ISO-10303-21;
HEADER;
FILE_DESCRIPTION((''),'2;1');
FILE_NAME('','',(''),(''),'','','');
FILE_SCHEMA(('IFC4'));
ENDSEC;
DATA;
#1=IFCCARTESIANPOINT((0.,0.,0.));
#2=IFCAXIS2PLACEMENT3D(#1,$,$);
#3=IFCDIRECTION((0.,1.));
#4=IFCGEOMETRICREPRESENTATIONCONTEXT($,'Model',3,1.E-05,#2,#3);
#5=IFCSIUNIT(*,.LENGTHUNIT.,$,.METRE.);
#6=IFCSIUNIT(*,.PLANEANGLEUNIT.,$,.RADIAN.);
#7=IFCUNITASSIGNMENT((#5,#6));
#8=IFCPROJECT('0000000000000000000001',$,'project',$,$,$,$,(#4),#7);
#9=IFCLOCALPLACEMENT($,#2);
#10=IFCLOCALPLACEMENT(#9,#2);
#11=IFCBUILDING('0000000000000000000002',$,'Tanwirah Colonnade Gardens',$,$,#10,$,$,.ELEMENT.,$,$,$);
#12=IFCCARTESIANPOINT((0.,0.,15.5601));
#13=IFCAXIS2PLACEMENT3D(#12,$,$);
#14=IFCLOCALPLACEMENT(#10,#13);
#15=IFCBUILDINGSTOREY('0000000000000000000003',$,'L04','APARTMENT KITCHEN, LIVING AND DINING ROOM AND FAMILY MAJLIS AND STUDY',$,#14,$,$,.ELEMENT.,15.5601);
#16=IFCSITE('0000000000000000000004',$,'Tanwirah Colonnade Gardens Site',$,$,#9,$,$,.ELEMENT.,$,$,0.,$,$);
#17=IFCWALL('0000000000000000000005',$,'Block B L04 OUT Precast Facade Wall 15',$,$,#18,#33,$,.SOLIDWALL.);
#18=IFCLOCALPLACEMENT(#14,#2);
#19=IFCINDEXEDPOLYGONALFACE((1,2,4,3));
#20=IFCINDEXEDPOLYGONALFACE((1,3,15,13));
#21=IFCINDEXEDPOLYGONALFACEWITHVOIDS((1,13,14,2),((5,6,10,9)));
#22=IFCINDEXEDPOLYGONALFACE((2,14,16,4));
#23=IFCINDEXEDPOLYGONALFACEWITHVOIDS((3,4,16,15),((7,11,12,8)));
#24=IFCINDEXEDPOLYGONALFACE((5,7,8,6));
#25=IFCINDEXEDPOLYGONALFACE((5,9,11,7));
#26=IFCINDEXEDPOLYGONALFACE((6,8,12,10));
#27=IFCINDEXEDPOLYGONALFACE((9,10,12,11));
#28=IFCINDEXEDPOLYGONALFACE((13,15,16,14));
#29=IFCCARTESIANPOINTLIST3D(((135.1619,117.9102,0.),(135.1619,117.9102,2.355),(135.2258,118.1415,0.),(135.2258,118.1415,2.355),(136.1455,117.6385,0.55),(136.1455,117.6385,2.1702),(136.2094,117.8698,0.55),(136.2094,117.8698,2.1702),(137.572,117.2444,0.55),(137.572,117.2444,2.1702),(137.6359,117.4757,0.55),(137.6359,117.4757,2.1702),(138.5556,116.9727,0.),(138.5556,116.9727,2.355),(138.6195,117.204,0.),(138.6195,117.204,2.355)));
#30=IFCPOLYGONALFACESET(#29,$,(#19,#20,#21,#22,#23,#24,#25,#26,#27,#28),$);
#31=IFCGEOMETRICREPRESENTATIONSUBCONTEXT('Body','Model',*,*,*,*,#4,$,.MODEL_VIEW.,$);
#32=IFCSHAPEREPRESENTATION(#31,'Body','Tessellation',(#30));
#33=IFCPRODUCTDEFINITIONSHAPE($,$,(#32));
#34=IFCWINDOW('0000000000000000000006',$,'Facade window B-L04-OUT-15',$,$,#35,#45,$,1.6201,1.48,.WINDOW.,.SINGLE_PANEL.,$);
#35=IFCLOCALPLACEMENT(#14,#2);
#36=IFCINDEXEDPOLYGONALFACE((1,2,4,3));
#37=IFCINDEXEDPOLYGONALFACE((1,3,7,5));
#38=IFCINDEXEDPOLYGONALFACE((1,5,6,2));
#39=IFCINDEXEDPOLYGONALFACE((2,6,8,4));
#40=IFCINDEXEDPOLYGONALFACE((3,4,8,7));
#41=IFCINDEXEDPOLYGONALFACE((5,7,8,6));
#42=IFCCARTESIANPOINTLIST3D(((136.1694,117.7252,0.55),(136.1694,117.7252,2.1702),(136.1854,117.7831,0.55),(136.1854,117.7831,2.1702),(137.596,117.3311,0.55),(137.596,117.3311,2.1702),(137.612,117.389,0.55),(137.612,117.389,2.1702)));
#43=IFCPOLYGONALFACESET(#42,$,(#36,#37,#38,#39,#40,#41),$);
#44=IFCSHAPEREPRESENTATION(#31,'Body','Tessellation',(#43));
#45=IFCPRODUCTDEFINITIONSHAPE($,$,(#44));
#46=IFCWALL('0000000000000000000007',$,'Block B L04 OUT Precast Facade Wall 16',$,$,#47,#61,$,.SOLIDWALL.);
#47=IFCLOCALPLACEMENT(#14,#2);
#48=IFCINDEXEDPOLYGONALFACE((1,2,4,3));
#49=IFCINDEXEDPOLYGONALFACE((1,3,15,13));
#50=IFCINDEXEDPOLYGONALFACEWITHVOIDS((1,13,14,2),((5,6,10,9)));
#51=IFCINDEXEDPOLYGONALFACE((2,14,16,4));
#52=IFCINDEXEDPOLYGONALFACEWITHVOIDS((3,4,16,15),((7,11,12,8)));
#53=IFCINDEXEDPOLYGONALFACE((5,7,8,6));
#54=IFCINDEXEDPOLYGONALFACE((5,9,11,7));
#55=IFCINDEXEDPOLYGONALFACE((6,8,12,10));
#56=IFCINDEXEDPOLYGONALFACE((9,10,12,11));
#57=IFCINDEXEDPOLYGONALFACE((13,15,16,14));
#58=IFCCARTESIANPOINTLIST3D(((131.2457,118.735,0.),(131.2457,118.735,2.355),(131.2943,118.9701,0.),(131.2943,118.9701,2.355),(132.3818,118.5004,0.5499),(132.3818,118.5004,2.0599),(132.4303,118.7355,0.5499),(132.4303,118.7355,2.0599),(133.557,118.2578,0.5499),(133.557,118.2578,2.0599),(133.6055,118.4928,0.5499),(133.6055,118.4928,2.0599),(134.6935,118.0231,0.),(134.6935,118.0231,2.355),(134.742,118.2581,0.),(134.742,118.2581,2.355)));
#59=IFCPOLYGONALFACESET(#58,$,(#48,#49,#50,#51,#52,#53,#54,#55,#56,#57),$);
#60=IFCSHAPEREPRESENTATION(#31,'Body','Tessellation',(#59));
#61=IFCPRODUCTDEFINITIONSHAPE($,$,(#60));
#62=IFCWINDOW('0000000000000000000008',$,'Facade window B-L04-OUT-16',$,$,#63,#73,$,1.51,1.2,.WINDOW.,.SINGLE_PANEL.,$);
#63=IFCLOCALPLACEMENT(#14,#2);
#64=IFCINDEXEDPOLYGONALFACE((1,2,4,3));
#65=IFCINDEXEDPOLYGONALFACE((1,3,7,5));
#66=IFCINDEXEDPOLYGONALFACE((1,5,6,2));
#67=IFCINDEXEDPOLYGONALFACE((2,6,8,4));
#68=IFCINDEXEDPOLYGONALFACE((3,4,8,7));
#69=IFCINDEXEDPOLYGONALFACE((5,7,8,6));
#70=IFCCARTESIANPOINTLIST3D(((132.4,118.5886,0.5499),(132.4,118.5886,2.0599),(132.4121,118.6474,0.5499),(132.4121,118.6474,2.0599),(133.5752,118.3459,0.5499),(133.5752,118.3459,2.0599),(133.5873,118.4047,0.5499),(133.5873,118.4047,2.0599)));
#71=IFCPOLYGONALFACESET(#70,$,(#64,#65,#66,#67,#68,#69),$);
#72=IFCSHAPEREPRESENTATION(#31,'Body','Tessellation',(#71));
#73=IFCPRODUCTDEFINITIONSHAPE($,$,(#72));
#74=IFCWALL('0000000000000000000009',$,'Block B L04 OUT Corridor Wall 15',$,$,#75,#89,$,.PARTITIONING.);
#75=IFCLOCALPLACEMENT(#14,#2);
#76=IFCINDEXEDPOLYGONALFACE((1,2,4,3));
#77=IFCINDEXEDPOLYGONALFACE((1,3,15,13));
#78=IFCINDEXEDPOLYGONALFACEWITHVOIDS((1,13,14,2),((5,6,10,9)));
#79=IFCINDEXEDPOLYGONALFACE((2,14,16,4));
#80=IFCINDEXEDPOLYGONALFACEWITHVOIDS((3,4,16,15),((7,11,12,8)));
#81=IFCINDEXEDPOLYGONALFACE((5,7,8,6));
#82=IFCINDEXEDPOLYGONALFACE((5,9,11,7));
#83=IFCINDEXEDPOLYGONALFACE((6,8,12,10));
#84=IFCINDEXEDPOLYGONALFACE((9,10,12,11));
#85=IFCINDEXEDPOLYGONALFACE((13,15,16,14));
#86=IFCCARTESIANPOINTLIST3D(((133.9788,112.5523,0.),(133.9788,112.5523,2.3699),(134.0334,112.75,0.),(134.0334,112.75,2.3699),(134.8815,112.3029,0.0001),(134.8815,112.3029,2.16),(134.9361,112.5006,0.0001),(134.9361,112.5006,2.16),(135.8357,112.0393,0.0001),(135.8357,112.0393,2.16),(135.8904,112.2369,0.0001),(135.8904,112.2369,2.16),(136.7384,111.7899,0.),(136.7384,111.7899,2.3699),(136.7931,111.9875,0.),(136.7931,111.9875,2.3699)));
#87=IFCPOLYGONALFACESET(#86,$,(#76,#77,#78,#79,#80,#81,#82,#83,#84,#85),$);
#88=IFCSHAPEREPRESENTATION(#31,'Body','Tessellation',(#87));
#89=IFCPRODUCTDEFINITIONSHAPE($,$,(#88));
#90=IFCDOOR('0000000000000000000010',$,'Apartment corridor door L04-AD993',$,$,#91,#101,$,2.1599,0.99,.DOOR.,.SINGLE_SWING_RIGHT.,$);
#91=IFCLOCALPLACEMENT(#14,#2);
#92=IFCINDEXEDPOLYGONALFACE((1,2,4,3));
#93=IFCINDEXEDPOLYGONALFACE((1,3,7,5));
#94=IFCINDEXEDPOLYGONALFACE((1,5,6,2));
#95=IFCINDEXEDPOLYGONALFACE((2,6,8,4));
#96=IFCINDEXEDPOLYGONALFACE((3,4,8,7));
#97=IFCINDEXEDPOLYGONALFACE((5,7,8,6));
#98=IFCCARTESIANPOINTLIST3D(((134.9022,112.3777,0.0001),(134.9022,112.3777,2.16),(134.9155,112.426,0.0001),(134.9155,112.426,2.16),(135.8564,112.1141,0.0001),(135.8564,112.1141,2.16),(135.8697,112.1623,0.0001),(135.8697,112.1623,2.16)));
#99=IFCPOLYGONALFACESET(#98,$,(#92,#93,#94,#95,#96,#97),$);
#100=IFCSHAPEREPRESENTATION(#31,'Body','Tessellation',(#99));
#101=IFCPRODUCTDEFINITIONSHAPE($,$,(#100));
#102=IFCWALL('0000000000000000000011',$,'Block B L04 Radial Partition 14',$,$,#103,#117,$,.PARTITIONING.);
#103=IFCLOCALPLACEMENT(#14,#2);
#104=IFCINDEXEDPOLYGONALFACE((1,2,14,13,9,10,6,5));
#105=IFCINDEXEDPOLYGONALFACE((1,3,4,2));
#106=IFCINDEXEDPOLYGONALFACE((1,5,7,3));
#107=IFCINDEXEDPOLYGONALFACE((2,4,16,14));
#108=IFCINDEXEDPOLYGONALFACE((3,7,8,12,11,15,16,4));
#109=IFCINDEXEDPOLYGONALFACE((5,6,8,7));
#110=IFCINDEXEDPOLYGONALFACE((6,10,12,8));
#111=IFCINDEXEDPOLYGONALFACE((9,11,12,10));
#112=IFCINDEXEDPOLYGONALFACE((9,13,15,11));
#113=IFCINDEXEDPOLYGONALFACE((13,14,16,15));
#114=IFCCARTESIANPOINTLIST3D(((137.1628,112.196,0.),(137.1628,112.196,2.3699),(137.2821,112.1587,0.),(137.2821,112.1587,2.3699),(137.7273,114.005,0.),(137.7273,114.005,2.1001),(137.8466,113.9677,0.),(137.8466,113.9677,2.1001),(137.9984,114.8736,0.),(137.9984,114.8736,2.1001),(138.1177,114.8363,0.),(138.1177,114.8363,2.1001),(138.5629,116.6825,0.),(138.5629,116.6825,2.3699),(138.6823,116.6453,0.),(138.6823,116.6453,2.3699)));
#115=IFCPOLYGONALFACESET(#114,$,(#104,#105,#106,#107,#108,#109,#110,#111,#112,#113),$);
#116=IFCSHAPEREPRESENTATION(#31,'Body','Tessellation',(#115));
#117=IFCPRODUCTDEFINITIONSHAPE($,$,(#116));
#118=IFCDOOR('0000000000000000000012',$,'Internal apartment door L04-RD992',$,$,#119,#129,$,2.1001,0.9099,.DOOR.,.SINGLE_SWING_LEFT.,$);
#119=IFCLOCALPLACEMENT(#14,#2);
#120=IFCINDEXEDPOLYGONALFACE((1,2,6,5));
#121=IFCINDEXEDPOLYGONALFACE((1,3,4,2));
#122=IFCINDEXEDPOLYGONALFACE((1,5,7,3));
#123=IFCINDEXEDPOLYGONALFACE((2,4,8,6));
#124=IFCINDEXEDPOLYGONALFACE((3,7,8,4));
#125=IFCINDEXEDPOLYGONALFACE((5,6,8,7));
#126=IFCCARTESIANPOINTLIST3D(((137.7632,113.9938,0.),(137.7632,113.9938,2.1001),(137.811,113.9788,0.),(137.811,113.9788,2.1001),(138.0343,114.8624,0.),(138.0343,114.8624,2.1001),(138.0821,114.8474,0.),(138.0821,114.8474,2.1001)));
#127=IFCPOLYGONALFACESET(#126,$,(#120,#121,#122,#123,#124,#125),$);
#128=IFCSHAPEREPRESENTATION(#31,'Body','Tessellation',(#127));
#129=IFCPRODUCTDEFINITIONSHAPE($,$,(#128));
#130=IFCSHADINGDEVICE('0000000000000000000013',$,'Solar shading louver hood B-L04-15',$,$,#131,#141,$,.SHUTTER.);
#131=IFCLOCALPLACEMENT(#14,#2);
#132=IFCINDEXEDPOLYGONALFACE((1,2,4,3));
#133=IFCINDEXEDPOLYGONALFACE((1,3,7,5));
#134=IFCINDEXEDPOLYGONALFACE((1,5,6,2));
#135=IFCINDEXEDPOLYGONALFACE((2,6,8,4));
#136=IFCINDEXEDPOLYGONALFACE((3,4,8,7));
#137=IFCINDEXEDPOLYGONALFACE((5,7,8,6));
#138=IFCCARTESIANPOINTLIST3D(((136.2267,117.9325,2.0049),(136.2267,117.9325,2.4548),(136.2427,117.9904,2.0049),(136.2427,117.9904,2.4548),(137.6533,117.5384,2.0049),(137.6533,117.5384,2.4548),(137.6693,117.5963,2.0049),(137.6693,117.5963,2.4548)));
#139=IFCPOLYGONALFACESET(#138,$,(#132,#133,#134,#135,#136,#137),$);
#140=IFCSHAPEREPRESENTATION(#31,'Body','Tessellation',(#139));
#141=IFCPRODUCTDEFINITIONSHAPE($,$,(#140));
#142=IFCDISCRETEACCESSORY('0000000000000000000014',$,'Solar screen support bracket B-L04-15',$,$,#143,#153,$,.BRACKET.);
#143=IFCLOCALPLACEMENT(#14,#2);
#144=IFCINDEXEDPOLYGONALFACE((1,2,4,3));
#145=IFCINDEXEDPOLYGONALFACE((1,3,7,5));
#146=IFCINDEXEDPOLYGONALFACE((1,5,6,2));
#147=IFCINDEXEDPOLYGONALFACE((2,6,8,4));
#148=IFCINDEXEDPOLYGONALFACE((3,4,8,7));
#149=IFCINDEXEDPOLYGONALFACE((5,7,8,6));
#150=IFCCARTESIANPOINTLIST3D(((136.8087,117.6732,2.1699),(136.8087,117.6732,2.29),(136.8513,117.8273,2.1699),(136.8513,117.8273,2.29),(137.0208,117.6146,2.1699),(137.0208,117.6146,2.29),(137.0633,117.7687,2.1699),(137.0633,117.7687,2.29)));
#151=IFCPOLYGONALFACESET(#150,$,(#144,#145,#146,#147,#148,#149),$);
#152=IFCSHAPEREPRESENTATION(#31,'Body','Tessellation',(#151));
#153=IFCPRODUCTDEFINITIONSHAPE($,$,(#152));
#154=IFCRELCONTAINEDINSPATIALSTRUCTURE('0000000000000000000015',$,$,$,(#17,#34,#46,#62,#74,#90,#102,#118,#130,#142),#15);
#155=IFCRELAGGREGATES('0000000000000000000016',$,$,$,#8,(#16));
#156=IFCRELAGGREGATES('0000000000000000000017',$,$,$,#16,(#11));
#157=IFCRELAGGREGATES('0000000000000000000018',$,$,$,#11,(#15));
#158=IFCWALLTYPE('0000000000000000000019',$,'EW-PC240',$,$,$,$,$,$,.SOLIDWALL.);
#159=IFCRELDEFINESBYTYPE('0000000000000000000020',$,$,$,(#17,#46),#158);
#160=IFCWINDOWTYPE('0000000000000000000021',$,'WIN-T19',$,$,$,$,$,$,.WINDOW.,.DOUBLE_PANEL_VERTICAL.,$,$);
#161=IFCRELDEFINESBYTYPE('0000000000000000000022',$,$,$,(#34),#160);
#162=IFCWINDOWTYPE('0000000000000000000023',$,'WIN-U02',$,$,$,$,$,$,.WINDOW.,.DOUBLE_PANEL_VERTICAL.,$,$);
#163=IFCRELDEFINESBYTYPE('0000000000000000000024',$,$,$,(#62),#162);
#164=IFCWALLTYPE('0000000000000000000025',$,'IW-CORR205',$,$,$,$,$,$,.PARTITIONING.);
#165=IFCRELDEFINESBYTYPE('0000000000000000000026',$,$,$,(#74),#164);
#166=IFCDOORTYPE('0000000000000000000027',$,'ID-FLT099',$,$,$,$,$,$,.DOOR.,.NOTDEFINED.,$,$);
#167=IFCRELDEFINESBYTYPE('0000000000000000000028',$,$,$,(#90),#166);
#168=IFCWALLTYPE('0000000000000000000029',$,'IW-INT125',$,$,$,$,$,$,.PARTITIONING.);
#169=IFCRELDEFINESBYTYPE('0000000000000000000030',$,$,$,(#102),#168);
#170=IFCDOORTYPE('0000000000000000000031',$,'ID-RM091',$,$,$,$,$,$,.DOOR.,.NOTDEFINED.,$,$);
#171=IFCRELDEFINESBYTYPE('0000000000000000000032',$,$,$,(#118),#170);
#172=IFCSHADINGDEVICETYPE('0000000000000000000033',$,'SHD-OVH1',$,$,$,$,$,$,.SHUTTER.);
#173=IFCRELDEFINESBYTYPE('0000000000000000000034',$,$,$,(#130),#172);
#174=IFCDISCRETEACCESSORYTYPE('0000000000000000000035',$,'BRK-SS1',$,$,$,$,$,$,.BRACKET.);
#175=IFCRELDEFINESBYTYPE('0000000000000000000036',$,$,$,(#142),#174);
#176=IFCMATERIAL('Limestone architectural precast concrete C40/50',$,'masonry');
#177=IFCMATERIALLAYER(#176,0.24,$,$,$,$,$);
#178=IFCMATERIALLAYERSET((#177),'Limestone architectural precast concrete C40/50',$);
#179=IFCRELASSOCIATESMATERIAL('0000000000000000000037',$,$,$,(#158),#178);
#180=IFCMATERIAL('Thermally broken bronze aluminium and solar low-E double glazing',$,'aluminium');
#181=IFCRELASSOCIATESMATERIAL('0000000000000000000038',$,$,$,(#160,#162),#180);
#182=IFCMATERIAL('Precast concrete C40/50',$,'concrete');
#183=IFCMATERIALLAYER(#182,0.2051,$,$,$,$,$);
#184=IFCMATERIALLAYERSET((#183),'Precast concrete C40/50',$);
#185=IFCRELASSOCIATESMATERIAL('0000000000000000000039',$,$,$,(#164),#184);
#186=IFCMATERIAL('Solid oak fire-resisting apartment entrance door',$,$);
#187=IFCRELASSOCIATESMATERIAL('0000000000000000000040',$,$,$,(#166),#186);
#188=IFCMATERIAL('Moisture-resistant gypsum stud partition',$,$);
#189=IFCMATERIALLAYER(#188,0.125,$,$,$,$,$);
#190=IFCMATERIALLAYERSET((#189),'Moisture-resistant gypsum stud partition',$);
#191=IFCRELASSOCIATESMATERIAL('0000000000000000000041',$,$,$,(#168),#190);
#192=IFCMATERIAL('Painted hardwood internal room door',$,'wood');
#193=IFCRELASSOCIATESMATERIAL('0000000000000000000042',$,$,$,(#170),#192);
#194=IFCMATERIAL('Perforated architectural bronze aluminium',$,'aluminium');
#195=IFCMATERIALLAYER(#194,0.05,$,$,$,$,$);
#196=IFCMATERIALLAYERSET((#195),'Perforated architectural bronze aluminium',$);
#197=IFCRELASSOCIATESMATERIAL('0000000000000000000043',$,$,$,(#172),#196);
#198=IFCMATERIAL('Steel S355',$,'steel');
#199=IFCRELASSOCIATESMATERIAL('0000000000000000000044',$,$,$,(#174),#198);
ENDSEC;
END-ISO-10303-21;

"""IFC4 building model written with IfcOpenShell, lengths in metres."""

from ifc_helpers import new_model, si_unit, direction, frame, frame_2d, origin, origin_2d, place, context, subcontext, project, spatial, rectangle, extrude, material, layer, layer_set, type_object, element, fill, save


model = new_model("IFC4")

# Units and contexts
model_context = context("Model", 3, precision=1e-05, world=origin(), true_north=direction((0.0, 1.0)))
body_context = subcontext(model_context, "Body", "Model", "MODEL_VIEW")
ifc_project = project(units=[si_unit("LENGTHUNIT", "METRE"), si_unit("PLANEANGLEUNIT", "RADIAN")], contexts=[model_context])

# Site, building, storey
site_placement = place(None, origin())
site = spatial("IfcSite", under=ifc_project, at=site_placement, Name="Tanwirah Colonnade Gardens Site", CompositionType="ELEMENT", RefElevation=0.0)
building_placement = place(site_placement, origin())
building = spatial("IfcBuilding", under=site, at=building_placement, Name="Tanwirah Colonnade Gardens", CompositionType="ELEMENT")
storey_placement = place(building_placement, frame((0.0, 0.0, 15.5601)))
storey = spatial("IfcBuildingStorey", under=building, at=storey_placement, Name="L04", Description="APARTMENT KITCHEN, LIVING AND DINING ROOM AND FAMILY MAJLIS AND STUDY", CompositionType="ELEMENT", Elevation=15.5601)

# Shared definitions
ifc_material_1 = material(Name="Precast concrete C40/50", Category="concrete")

# Walls, openings, windows
ifc_material_2 = material(Name="Limestone architectural precast concrete C40/50", Category="masonry")
ifc_layer_1 = layer(ifc_material_2, 0.24)
ifc_layer_set_1 = layer_set([ifc_layer_1], Name="Limestone architectural precast concrete C40/50")
wall_type_1 = type_object("IfcWallType", Name="EW-PC240", PredefinedType="SOLIDWALL", material=ifc_layer_set_1)
wall_1_placement = place(storey_placement, frame((138.5874, 117.0884, 0.0), z_axis=(0.0, 0.0, 1.0), x_axis=(-0.963894, 0.266285, 0.0)))
wall_1 = element("IfcWall", 1, at=wall_1_placement, inside=storey, type_object=wall_type_1, Name="Block B L04 OUT Precast Facade Wall 15", PredefinedType="SOLIDWALL", context=body_context, shape_type="SweptSolid", body=[
    extrude(rectangle(XDim=3.5208, YDim=0.24, at=frame_2d((1.7603, 0.0))), origin(), (0.0, 0.0, 1.0), 2.355),
])
opening_1_placement = place(wall_1_placement, frame((1.0203, 0.0, 0.55)))
opening_1 = element("IfcOpeningElement", 2, at=opening_1_placement, cuts=wall_1, PredefinedType="OPENING", context=body_context, shape_type="SweptSolid", body=[
    extrude(rectangle(XDim=1.48, YDim=1.6201, at=frame_2d((0.74, 0.8101))), frame((0.0, 0.1299, 0.0), z_axis=(0.0, -1.0, 0.0), x_axis=(1.0, 0.0, 0.0)), (0.0, 0.0, 1.0), 0.26),
])
ifc_material_3 = material(Name="Thermally broken bronze aluminium and solar low-E double glazing", Category="aluminium")
window_type_1 = type_object("IfcWindowType", Name="WIN-T19", PartitioningType="DOUBLE_PANEL_VERTICAL", PredefinedType="WINDOW", material=ifc_material_3)
window_1_placement = place(opening_1_placement, origin())
window_1 = element("IfcWindow", 3, at=window_1_placement, inside=storey, type_object=window_type_1, Name="Facade window B-L04-OUT-15", OverallHeight=1.6201, OverallWidth=1.48, PartitioningType="SINGLE_PANEL", PredefinedType="WINDOW", context=body_context, shape_type="SweptSolid", body=[
    extrude(rectangle(XDim=1.48, YDim=1.6201, at=frame_2d((0.74, 0.8101))), frame((0.0, 0.03, 0.0), z_axis=(0.0, -1.0, 0.0), x_axis=(1.0, 0.0, 0.0)), (0.0, 0.0, 1.0), 0.0601),
])
fill(opening_1, window_1)
wall_2_placement = place(storey_placement, frame((134.7178, 118.1406, 0.0), z_axis=(0.0, 0.0, 1.0), x_axis=(-0.97934, 0.20222, 0.0)))
wall_2 = element("IfcWall", 4, at=wall_2_placement, inside=storey, type_object=wall_type_1, Name="Block B L04 OUT Precast Facade Wall 16", PredefinedType="SOLIDWALL", context=body_context, shape_type="SweptSolid", body=[
    extrude(rectangle(XDim=3.5205, YDim=0.24, at=frame_2d((1.7603, 0.0))), origin(), (0.0, 0.0, 1.0), 2.355),
])
opening_2_placement = place(wall_2_placement, frame((1.1604, 0.0, 0.55)))
opening_2 = element("IfcOpeningElement", 5, at=opening_2_placement, cuts=wall_2, PredefinedType="OPENING", context=body_context, shape_type="SweptSolid", body=[
    extrude(rectangle(XDim=1.2, YDim=1.51, at=frame_2d((0.6001, 0.7549))), frame((0.0, 0.1299, 0.0), z_axis=(0.0, -1.0, 0.0), x_axis=(1.0, 0.0, 0.0)), (0.0, 0.0, 1.0), 0.26),
])
window_type_2 = type_object("IfcWindowType", Name="WIN-U02", PartitioningType="DOUBLE_PANEL_VERTICAL", PredefinedType="WINDOW", material=ifc_material_3)
window_2_placement = place(opening_2_placement, origin())
window_2 = element("IfcWindow", 6, at=window_2_placement, inside=storey, type_object=window_type_2, Name="Facade window B-L04-OUT-16", OverallHeight=1.51, OverallWidth=1.2, PartitioningType="SINGLE_PANEL", PredefinedType="WINDOW", context=body_context, shape_type="SweptSolid", body=[
    extrude(rectangle(XDim=1.2, YDim=1.51, at=frame_2d((0.6001, 0.7549))), frame((0.0, 0.03, 0.0), z_axis=(0.0, -1.0, 0.0), x_axis=(1.0, 0.0, 0.0)), (0.0, 0.0, 1.0), 0.0601),
])
fill(opening_2, window_2)

# Walls, openings, doors
ifc_layer_2 = layer(ifc_material_1, 0.2051)
ifc_layer_set_2 = layer_set([ifc_layer_2], Name="Precast concrete C40/50")
wall_type_2 = type_object("IfcWallType", Name="IW-CORR205", PredefinedType="PARTITIONING", material=ifc_layer_set_2)
ifc_material_4 = material(Name="Solid oak fire-resisting apartment entrance door")
wall_3_placement = place(storey_placement, frame((136.7659, 111.8887, 0.0), z_axis=(0.0, 0.0, 1.0), x_axis=(-0.963891, 0.266298, 0.0)))
wall_3 = element("IfcWall", 7, at=wall_3_placement, inside=storey, type_object=wall_type_2, Name="Block B L04 OUT Corridor Wall 15", PredefinedType="PARTITIONING", context=body_context, shape_type="SweptSolid", body=[
    extrude(rectangle(XDim=2.863, YDim=0.2051, at=frame_2d((1.4316, 0.0))), origin(), (0.0, 0.0, 1.0), 2.3699),
])
opening_3_placement = place(wall_3_placement, frame((0.9365, 0.0, 0.0)))
opening_3 = element("IfcOpeningElement", 8, at=opening_3_placement, cuts=wall_3, PredefinedType="OPENING", context=body_context, shape_type="SweptSolid", body=[
    extrude(rectangle(XDim=0.99, YDim=2.1599, at=frame_2d((0.4951, 1.0801))), frame((0.0, 0.1125, 0.0), z_axis=(0.0, -1.0, 0.0), x_axis=(1.0, 0.0, 0.0)), (0.0, 0.0, 1.0), 0.2251),
])
door_type_1 = type_object("IfcDoorType", Name="ID-FLT099", OperationType="NOTDEFINED", PredefinedType="DOOR", material=ifc_material_4)
door_1_placement = place(opening_3_placement, origin())
door_1 = element("IfcDoor", 9, at=door_1_placement, inside=storey, type_object=door_type_1, Name="Apartment corridor door L04-AD993", OperationType="SINGLE_SWING_RIGHT", OverallHeight=2.1599, OverallWidth=0.99, PredefinedType="DOOR", context=body_context, shape_type="SweptSolid", body=[
    extrude(rectangle(XDim=0.99, YDim=2.1599, at=frame_2d((0.4951, 1.0801))), frame((0.0, 0.0249, 0.0), z_axis=(0.0, -1.0, 0.0), x_axis=(1.0, 0.0, 0.0)), (0.0, 0.0, 1.0), 0.05),
])
fill(opening_3, door_1)
ifc_material_5 = material(Name="Moisture-resistant gypsum stud partition")
ifc_layer_3 = layer(ifc_material_5, 0.125)
ifc_layer_set_3 = layer_set([ifc_layer_3], Name="Moisture-resistant gypsum stud partition")
wall_type_3 = type_object("IfcWallType", Name="IW-INT125", PredefinedType="PARTITIONING", material=ifc_layer_set_3)
wall_4_placement = place(storey_placement, frame((137.2224, 112.1772, 0.0), z_axis=(0.0, 0.0, 1.0), x_axis=(0.297905, 0.954595, 0.0)))
wall_4 = element("IfcWall", 10, at=wall_4_placement, inside=storey, type_object=wall_type_3, Name="Block B L04 Radial Partition 14", PredefinedType="PARTITIONING", context=body_context, shape_type="SweptSolid", body=[
    extrude(rectangle(XDim=4.7, YDim=0.125, at=frame_2d((2.3501, 0.0))), origin(), (0.0, 0.0, 1.0), 2.3699),
])
opening_4_placement = place(wall_4_placement, frame((1.895, 0.0, 0.0)))
opening_4 = element("IfcOpeningElement", 11, at=opening_4_placement, cuts=wall_4, PredefinedType="OPENING", context=body_context, shape_type="SweptSolid", body=[
    extrude(rectangle(XDim=0.9099, YDim=2.1001, at=frame_2d((0.4551, 1.05))), frame((0.0, 0.0725, 0.0), z_axis=(0.0, -1.0, 0.0), x_axis=(1.0, 0.0, 0.0)), (0.0, 0.0, 1.0), 0.145),
])
ifc_material_6 = material(Name="Painted hardwood internal room door", Category="wood")
door_type_2 = type_object("IfcDoorType", Name="ID-RM091", OperationType="NOTDEFINED", PredefinedType="DOOR", material=ifc_material_6)
door_2_placement = place(opening_4_placement, origin())
door_2 = element("IfcDoor", 12, at=door_2_placement, inside=storey, type_object=door_type_2, Name="Internal apartment door L04-RD992", OperationType="SINGLE_SWING_LEFT", OverallHeight=2.1001, OverallWidth=0.9099, PredefinedType="DOOR", context=body_context, shape_type="SweptSolid", body=[
    extrude(rectangle(XDim=0.9099, YDim=2.1001, at=frame_2d((0.4551, 1.05))), frame((0.0, 0.0249, 0.0), z_axis=(0.0, -1.0, 0.0), x_axis=(1.0, 0.0, 0.0)), (0.0, 0.0, 1.0), 0.05),
])
fill(opening_4, door_2)

# Shading device
ifc_material_7 = material(Name="Perforated architectural bronze aluminium", Category="aluminium")
ifc_layer_4 = layer(ifc_material_7, 0.05)
ifc_layer_set_4 = layer_set([ifc_layer_4], Name="Perforated architectural bronze aluminium")
shading_device_type = type_object("IfcShadingDeviceType", Name="SHD-OVH1", PredefinedType="SHUTTER", material=ifc_layer_set_4)
shading_device_placement = place(storey_placement, frame((136.948, 117.7644, 2.0049), z_axis=(0.0, 0.0, 1.0), x_axis=(-0.963889, 0.266305, 0.0)))
element("IfcShadingDevice", 13, at=shading_device_placement, inside=storey, type_object=shading_device_type, Name="Solar shading louver hood B-L04-15", PredefinedType="SHUTTER", context=body_context, shape_type="SweptSolid", body=[
    extrude(rectangle(XDim=1.48, YDim=0.0601, at=origin_2d()), origin(), (0.0, 0.0, 1.0), 0.45),
])

# Discrete accessory
ifc_material_8 = material(Name="Steel S355", Category="steel")
discrete_accessory_type = type_object("IfcDiscreteAccessoryType", Name="BRK-SS1", PredefinedType="BRACKET", material=ifc_material_8)
discrete_accessory_placement = place(storey_placement, frame((136.936, 117.7209, 2.1699), z_axis=(0.0, 0.0, 1.0), x_axis=(-0.963889, 0.266305, 0.0)))
element("IfcDiscreteAccessory", 14, at=discrete_accessory_placement, inside=storey, type_object=discrete_accessory_type, Name="Solar screen support bracket B-L04-15", PredefinedType="BRACKET", context=body_context, shape_type="SweptSolid", body=[
    extrude(rectangle(XDim=0.22, YDim=0.1599, at=origin_2d()), origin(), (0.0, 0.0, 1.0), 0.1201),
])

save(model, "model.ifc")
